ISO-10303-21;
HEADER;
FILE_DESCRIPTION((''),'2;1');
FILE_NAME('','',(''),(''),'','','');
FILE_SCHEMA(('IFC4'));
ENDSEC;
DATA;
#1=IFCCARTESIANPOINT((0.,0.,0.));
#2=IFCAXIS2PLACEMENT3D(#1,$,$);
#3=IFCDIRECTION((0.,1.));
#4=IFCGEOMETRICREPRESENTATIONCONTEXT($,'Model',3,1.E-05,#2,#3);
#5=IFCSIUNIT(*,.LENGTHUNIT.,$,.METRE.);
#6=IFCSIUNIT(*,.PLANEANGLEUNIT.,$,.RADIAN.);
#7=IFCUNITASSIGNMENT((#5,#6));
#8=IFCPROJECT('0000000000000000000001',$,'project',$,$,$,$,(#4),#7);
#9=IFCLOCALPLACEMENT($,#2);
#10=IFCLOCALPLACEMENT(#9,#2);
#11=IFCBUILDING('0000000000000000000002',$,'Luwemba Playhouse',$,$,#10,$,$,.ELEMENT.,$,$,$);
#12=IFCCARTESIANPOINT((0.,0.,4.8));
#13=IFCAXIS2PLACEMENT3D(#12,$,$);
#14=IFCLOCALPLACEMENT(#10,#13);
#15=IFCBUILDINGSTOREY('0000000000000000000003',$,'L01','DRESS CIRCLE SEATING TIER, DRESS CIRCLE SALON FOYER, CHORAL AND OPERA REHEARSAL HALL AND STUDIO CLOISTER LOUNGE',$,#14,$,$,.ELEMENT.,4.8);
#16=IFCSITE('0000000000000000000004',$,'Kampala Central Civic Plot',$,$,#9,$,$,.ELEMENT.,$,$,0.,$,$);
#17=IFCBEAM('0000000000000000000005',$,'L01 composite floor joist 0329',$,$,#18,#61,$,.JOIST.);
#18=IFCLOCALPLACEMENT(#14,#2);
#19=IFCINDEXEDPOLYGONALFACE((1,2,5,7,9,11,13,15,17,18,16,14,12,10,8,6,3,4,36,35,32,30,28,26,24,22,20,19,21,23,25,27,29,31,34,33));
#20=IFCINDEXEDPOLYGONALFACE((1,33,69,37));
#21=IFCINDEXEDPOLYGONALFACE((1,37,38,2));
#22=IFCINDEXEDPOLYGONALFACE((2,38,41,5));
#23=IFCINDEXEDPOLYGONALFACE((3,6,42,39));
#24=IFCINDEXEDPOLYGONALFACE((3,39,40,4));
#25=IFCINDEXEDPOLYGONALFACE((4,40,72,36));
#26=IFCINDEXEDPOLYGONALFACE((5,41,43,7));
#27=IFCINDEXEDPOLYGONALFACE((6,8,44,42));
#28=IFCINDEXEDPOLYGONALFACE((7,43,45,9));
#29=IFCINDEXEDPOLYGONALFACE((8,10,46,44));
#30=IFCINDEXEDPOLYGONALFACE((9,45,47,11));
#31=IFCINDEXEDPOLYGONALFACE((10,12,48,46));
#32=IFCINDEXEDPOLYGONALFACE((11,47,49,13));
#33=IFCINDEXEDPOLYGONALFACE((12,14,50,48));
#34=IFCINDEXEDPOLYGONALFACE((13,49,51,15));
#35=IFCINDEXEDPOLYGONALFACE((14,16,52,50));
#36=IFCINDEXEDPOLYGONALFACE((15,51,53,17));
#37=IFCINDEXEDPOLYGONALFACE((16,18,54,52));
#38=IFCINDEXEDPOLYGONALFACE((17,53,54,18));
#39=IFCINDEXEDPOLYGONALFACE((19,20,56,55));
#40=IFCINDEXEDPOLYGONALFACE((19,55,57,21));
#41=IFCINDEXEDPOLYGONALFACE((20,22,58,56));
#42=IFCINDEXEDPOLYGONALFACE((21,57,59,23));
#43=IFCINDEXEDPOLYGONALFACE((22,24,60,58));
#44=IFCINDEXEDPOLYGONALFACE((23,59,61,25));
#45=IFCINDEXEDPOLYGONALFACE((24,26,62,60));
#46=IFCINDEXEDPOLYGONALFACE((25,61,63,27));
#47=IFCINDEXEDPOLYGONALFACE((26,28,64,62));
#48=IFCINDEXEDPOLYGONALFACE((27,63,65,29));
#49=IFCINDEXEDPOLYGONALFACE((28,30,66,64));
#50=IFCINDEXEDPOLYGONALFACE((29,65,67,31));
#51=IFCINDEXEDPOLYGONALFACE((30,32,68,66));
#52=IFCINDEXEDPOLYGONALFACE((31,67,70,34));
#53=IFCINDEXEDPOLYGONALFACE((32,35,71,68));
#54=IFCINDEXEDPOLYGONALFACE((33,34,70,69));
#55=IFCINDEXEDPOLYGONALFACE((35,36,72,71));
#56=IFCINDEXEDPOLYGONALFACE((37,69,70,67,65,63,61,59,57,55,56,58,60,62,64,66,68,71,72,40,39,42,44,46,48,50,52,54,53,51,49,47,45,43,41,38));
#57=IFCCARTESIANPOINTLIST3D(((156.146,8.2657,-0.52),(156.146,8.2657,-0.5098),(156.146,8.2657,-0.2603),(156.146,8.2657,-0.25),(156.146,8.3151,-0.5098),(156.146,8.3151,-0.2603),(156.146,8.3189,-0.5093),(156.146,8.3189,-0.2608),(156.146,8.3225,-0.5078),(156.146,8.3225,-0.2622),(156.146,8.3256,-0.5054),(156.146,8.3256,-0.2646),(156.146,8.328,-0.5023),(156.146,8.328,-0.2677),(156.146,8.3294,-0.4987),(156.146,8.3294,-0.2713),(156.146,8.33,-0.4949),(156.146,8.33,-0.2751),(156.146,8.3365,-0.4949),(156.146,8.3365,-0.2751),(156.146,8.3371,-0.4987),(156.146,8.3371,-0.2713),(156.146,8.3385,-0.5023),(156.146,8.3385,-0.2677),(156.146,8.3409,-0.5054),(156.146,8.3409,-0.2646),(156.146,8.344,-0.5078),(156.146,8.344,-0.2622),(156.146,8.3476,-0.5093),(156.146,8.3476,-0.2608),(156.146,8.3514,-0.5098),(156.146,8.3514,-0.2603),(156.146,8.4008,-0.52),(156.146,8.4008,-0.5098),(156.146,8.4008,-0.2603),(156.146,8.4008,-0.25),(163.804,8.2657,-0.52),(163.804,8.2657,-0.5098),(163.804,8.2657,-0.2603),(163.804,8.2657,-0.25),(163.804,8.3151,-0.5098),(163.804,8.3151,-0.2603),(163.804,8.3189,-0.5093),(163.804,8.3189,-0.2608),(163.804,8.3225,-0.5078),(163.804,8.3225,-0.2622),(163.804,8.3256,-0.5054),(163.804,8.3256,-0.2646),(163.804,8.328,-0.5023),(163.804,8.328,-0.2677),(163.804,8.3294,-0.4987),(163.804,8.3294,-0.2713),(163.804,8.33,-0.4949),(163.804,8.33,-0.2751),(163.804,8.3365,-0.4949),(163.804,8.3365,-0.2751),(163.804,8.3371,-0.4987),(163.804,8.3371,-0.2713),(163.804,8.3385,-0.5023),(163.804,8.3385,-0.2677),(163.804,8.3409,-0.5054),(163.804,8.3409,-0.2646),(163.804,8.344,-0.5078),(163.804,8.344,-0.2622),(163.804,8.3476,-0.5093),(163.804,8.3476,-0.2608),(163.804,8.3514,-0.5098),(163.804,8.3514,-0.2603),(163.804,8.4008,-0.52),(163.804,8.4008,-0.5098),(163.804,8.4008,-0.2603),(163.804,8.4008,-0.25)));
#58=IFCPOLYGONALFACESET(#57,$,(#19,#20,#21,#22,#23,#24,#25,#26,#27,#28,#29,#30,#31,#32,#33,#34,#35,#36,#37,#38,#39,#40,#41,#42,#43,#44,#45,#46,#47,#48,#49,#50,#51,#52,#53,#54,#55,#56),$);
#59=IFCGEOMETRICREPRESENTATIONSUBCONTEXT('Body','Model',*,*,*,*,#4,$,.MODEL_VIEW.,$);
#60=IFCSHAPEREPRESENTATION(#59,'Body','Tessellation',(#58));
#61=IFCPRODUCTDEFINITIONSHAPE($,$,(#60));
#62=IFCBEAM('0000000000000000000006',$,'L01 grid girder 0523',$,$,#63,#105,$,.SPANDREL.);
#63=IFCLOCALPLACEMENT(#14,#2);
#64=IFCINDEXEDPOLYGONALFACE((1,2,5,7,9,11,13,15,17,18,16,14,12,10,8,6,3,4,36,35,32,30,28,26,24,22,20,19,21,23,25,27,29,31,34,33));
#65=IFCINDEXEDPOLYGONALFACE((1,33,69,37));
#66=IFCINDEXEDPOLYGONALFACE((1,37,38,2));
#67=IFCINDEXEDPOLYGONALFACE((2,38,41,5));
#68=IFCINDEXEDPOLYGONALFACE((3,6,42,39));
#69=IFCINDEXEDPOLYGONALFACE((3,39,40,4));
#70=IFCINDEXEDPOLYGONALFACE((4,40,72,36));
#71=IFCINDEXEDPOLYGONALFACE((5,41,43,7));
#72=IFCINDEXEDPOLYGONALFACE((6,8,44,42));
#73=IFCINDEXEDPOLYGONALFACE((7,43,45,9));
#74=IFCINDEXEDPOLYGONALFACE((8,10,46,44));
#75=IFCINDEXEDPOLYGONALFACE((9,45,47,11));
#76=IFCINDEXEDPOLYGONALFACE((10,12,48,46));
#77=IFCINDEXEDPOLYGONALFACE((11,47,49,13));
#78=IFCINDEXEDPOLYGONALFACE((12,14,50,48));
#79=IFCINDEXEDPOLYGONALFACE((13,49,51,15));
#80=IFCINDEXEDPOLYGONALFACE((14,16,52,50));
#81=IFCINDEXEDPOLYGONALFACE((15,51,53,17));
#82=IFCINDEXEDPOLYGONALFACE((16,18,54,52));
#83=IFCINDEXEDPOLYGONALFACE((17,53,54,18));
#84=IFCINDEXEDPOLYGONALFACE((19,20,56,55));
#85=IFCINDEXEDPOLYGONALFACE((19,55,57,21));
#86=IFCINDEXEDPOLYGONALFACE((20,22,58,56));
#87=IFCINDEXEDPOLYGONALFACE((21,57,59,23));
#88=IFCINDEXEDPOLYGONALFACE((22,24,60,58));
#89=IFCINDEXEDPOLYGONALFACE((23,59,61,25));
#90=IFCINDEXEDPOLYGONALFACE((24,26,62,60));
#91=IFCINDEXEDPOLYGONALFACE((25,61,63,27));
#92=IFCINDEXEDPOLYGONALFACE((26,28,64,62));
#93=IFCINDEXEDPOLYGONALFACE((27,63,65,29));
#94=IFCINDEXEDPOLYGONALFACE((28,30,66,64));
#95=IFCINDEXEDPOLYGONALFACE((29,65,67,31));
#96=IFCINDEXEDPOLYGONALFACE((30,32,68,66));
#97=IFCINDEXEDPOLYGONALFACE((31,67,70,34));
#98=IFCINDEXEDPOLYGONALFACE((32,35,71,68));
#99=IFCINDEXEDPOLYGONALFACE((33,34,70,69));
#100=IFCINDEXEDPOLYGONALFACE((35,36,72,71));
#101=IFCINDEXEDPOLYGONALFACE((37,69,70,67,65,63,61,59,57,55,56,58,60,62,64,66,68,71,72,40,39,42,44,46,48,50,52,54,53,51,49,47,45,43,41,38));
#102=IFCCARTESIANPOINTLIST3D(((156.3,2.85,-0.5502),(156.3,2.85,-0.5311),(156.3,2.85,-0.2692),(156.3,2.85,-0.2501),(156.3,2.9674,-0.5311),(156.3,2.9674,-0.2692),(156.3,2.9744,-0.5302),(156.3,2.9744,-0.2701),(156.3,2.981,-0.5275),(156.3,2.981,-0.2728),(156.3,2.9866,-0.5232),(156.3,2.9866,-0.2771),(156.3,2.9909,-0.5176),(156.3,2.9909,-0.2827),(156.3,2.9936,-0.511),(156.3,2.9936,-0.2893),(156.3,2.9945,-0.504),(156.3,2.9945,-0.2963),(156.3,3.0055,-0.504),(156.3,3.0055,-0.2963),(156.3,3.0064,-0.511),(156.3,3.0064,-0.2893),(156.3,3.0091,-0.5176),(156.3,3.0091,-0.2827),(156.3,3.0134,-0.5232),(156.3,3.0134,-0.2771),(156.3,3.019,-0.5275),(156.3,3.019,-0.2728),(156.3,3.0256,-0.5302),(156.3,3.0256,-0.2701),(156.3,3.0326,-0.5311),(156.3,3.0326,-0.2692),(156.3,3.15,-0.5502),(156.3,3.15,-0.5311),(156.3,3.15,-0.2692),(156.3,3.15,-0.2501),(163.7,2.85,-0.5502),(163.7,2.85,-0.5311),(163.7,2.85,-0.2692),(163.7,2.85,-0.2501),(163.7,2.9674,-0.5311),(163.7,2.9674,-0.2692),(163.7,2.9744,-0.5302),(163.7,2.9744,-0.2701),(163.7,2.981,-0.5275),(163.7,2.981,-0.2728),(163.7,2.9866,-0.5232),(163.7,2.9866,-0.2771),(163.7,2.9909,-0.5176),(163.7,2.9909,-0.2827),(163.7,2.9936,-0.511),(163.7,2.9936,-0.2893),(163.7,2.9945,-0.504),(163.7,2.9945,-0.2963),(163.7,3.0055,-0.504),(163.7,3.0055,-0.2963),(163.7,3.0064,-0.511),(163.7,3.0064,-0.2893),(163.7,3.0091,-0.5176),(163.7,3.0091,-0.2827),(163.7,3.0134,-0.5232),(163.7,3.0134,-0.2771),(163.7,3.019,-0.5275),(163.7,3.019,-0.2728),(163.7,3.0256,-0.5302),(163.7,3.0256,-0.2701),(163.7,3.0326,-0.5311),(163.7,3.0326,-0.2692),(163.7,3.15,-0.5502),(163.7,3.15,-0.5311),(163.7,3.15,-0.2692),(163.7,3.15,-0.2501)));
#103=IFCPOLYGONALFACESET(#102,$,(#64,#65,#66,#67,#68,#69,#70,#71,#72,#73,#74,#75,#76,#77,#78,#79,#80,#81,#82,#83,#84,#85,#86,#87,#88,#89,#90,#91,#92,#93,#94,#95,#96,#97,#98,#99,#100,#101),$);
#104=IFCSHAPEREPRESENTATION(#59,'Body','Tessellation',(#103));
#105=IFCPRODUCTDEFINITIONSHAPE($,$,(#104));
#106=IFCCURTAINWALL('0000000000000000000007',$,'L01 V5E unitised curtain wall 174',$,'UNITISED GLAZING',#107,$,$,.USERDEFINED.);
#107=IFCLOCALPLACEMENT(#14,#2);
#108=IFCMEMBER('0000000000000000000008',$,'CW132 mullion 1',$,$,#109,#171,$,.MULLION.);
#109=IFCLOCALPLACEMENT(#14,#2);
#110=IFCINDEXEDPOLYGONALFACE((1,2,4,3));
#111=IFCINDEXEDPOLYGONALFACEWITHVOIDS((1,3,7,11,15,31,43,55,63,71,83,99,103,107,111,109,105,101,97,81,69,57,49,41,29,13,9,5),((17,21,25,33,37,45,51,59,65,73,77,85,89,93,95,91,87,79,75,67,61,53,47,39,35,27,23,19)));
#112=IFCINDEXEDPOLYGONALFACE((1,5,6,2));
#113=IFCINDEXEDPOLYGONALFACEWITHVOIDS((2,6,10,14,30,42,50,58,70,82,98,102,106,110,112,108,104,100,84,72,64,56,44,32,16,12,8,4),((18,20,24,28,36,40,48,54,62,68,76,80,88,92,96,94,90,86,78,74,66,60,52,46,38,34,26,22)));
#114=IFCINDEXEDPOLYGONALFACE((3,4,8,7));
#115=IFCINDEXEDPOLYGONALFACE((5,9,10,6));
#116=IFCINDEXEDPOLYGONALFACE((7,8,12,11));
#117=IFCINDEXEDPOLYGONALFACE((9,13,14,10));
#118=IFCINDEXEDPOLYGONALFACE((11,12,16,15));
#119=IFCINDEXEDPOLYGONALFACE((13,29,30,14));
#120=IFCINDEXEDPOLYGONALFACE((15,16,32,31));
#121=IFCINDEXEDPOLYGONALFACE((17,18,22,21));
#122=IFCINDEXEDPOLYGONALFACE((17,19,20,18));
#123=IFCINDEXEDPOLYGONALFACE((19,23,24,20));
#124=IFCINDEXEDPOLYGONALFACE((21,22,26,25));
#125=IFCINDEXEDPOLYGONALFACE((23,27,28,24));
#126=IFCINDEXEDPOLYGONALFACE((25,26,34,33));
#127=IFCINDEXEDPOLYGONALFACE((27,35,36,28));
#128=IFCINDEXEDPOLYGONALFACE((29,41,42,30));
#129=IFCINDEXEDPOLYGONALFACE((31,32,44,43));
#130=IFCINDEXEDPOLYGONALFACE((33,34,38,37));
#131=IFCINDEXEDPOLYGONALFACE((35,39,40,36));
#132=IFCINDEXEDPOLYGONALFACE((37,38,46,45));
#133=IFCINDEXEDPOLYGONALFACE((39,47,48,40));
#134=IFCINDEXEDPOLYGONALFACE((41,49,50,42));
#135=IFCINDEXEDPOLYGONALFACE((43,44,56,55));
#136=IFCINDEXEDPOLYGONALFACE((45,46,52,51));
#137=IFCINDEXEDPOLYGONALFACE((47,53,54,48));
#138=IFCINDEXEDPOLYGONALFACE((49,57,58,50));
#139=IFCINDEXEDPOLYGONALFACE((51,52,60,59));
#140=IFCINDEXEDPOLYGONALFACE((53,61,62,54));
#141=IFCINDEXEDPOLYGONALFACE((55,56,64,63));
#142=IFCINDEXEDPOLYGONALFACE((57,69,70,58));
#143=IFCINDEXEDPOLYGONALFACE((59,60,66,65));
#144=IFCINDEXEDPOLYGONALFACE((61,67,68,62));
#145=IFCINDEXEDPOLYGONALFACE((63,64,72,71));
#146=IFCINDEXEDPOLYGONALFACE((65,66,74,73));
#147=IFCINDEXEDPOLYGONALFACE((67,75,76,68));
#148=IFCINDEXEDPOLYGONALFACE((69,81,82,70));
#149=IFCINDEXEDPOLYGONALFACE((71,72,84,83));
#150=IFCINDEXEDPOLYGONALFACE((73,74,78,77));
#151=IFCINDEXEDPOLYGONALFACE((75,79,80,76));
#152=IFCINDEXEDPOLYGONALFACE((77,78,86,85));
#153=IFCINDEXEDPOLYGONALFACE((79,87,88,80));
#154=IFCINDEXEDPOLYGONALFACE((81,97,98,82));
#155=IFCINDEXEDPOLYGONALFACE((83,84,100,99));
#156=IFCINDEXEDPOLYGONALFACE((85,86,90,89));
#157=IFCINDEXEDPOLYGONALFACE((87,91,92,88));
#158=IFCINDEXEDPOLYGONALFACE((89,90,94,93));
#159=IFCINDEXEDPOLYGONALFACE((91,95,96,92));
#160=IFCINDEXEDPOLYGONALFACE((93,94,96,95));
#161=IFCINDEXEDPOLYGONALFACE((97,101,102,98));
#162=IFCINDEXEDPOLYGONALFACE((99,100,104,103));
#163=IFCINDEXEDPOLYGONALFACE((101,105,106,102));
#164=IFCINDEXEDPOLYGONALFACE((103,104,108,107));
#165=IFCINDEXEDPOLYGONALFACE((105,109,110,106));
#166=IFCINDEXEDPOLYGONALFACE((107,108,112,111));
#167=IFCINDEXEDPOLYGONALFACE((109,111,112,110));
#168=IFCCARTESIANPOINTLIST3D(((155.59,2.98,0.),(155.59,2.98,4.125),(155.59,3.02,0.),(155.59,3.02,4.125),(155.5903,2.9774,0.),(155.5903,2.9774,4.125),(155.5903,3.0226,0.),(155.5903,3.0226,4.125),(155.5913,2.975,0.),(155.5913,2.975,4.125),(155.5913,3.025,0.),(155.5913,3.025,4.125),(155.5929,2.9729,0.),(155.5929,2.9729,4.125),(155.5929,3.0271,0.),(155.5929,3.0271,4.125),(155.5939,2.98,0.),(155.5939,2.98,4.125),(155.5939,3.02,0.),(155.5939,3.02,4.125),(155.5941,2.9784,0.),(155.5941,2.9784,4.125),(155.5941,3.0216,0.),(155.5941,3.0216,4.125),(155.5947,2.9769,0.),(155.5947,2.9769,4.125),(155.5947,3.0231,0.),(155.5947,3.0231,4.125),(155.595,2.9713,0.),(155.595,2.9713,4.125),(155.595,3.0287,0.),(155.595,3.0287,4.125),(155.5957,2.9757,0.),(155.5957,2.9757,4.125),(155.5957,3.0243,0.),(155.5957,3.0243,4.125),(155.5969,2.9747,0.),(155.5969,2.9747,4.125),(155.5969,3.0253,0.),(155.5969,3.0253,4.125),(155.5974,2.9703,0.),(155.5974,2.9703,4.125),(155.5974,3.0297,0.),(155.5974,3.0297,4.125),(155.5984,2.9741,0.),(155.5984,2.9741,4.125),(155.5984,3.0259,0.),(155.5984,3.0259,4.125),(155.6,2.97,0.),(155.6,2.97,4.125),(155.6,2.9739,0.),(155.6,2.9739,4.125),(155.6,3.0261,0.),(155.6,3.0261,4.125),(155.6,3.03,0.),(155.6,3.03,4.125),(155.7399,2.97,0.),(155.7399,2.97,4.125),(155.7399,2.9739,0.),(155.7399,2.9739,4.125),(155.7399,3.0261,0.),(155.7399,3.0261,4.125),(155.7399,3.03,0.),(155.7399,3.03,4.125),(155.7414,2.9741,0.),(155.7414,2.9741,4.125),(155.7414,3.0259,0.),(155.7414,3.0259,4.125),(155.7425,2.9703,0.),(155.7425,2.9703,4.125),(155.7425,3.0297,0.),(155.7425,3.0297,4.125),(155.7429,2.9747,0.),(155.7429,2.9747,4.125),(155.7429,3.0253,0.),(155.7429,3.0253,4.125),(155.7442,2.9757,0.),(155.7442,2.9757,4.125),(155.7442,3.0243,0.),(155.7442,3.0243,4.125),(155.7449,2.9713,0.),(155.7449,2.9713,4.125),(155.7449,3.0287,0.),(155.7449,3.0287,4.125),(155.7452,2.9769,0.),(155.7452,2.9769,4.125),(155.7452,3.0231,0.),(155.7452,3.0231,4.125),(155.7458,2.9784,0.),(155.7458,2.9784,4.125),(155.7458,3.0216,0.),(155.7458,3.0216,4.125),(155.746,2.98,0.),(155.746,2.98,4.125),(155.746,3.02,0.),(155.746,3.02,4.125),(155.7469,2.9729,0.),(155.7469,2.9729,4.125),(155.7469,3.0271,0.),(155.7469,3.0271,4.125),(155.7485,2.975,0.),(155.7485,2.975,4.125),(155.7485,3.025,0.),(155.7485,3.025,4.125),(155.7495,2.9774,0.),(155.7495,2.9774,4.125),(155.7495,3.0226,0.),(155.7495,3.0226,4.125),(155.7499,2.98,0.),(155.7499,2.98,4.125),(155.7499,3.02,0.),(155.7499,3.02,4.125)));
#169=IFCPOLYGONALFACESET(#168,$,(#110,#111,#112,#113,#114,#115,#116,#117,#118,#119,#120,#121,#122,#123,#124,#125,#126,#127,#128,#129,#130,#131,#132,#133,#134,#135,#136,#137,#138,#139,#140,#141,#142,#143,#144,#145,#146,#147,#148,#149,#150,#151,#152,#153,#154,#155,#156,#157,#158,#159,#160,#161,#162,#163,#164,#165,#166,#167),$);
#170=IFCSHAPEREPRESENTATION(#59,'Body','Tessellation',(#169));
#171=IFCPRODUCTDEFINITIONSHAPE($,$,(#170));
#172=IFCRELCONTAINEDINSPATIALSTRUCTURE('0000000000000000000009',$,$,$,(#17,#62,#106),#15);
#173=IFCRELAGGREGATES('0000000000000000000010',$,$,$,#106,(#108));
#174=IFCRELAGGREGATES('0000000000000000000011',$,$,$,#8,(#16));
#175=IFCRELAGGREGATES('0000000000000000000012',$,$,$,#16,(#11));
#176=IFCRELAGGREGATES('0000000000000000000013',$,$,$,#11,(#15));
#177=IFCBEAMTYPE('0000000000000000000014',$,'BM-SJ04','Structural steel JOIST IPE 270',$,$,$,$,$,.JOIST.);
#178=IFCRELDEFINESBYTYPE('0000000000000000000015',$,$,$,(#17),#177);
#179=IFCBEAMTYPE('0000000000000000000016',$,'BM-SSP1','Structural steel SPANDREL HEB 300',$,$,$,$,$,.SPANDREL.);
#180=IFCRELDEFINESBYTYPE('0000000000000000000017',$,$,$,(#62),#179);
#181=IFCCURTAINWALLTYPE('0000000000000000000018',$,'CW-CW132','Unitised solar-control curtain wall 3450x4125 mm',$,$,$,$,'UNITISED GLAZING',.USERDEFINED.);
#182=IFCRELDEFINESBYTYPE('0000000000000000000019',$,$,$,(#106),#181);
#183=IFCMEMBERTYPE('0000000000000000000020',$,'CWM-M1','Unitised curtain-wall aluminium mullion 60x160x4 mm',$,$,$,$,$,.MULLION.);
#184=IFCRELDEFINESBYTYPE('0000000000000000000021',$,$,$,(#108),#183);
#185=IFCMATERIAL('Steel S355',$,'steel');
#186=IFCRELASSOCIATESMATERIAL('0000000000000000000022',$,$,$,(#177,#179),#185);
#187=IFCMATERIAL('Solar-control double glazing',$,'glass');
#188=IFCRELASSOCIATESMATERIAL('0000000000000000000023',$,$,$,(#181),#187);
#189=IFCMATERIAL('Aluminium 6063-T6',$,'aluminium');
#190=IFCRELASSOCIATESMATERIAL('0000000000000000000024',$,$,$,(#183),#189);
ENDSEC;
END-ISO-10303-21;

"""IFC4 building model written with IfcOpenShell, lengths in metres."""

from ifc_helpers import new_model, si_unit, direction, frame, origin, origin_2d, place, context, subcontext, project, spatial, hollow_rectangle, i_section, extrude, material, material_profile, profile_set, type_object, element, aggregate, save


model = new_model("IFC4")

# Units and contexts
model_context = context("Model", 3, precision=1e-05, world=origin(), true_north=direction((0.0, 1.0)))
body_context = subcontext(model_context, "Body", "Model", "MODEL_VIEW")
ifc_project = project(units=[si_unit("LENGTHUNIT", "METRE"), si_unit("PLANEANGLEUNIT", "RADIAN")], contexts=[model_context])

# Site, building, storey
site_placement = place(None, origin())
site = spatial("IfcSite", under=ifc_project, at=site_placement, Name="Kampala Central Civic Plot", CompositionType="ELEMENT", RefElevation=0.0)
building_placement = place(site_placement, origin())
building = spatial("IfcBuilding", under=site, at=building_placement, Name="Luwemba Playhouse", CompositionType="ELEMENT")
storey_placement = place(building_placement, frame((0.0, 0.0, 4.8)))
storey = spatial("IfcBuildingStorey", under=building, at=storey_placement, Name="L01", Description="DRESS CIRCLE SEATING TIER, DRESS CIRCLE SALON FOYER, CHORAL AND OPERA REHEARSAL HALL AND STUDIO CLOISTER LOUNGE", CompositionType="ELEMENT", Elevation=4.8)

# Beams
ifc_material_1 = material(Name="Steel S355", Category="steel")
ifc_material_profile_1 = material_profile(ifc_material_1, i_section(OverallWidth=0.135, OverallDepth=0.27, WebThickness=0.0066, FlangeThickness=0.0103, FilletRadius=0.0149, at=origin_2d()))
ifc_profile_set_1 = profile_set([ifc_material_profile_1], Name="Steel S355")
beam_type_1 = type_object("IfcBeamType", Name="BM-SJ04", Description="Structural steel JOIST IPE 270", PredefinedType="JOIST", material=ifc_profile_set_1)
beam_1_placement = place(storey_placement, frame((156.146, 8.3333, -0.385), z_axis=(1.0, 0.0, 0.0), x_axis=(0.0, 1.0, 0.0)))
element("IfcBeam", 1, at=beam_1_placement, inside=storey, type_object=beam_type_1, Name="L01 composite floor joist 0329", PredefinedType="JOIST", context=body_context, shape_type="SweptSolid", body=[
    extrude(i_section(OverallWidth=0.135, OverallDepth=0.27, WebThickness=0.0066, FlangeThickness=0.0103, FilletRadius=0.0149, at=origin_2d()), origin(), (0.0, 0.0, 1.0), 7.658),
])
ifc_material_profile_2 = material_profile(ifc_material_1, i_section(OverallWidth=0.3, OverallDepth=0.3, WebThickness=0.011, FlangeThickness=0.019, FilletRadius=0.0271, at=origin_2d()))
ifc_profile_set_2 = profile_set([ifc_material_profile_2], Name="Steel S355")
beam_type_2 = type_object("IfcBeamType", Name="BM-SSP1", Description="Structural steel SPANDREL HEB 300", PredefinedType="SPANDREL", material=ifc_profile_set_2)
beam_2_placement = place(storey_placement, frame((156.3, 3.0, -0.4001), z_axis=(1.0, 0.0, 0.0), x_axis=(0.0, 1.0, 0.0)))
element("IfcBeam", 2, at=beam_2_placement, inside=storey, type_object=beam_type_2, Name="L01 grid girder 0523", PredefinedType="SPANDREL", context=body_context, shape_type="SweptSolid", body=[
    extrude(i_section(OverallWidth=0.3, OverallDepth=0.3, WebThickness=0.011, FlangeThickness=0.019, FilletRadius=0.0271, at=origin_2d()), origin(), (0.0, 0.0, 1.0), 7.3999),
])

# Curtain wall, member
ifc_material_2 = material(Name="Solar-control double glazing", Category="glass")
curtain_wall_type_1 = type_object("IfcCurtainWallType", Name="CW-CW132", Description="Unitised solar-control curtain wall 3450x4125 mm", ElementType="UNITISED GLAZING", PredefinedType="USERDEFINED", material=ifc_material_2)
curtain_wall_1_placement = place(storey_placement, origin())
curtain_wall_1 = element("IfcCurtainWall", 3, at=curtain_wall_1_placement, inside=storey, type_object=curtain_wall_type_1, Name="L01 V5E unitised curtain wall 174", ObjectType="UNITISED GLAZING", PredefinedType="USERDEFINED")
ifc_material_3 = material(Name="Aluminium 6063-T6", Category="aluminium")
ifc_material_profile_3 = material_profile(ifc_material_3, hollow_rectangle(XDim=0.0601, YDim=0.1599, WallThickness=0.0039, InnerFilletRadius=0.0061, OuterFilletRadius=0.01, at=origin_2d()))
ifc_profile_set_3 = profile_set([ifc_material_profile_3], Name="Aluminium 6063-T6")
member_type_1 = type_object("IfcMemberType", Name="CWM-M1", Description="Unitised curtain-wall aluminium mullion 60x160x4 mm", PredefinedType="MULLION", material=ifc_profile_set_3)
member_1_placement = place(storey_placement, frame((155.6699, 3.0, 0.0), z_axis=(0.0, 0.0, 1.0), x_axis=(0.0, -1.0, 0.0)))
member_1 = element("IfcMember", 4, at=member_1_placement, type_object=member_type_1, Name="CW132 mullion 1", PredefinedType="MULLION", context=body_context, shape_type="SweptSolid", body=[
    extrude(hollow_rectangle(XDim=0.0601, YDim=0.1599, WallThickness=0.0039, InnerFilletRadius=0.0061, OuterFilletRadius=0.01, at=origin_2d()), origin(), (0.0, 0.0, 1.0), 4.125),
])

aggregate(curtain_wall_1, [member_1])

save(model, "model.ifc")
